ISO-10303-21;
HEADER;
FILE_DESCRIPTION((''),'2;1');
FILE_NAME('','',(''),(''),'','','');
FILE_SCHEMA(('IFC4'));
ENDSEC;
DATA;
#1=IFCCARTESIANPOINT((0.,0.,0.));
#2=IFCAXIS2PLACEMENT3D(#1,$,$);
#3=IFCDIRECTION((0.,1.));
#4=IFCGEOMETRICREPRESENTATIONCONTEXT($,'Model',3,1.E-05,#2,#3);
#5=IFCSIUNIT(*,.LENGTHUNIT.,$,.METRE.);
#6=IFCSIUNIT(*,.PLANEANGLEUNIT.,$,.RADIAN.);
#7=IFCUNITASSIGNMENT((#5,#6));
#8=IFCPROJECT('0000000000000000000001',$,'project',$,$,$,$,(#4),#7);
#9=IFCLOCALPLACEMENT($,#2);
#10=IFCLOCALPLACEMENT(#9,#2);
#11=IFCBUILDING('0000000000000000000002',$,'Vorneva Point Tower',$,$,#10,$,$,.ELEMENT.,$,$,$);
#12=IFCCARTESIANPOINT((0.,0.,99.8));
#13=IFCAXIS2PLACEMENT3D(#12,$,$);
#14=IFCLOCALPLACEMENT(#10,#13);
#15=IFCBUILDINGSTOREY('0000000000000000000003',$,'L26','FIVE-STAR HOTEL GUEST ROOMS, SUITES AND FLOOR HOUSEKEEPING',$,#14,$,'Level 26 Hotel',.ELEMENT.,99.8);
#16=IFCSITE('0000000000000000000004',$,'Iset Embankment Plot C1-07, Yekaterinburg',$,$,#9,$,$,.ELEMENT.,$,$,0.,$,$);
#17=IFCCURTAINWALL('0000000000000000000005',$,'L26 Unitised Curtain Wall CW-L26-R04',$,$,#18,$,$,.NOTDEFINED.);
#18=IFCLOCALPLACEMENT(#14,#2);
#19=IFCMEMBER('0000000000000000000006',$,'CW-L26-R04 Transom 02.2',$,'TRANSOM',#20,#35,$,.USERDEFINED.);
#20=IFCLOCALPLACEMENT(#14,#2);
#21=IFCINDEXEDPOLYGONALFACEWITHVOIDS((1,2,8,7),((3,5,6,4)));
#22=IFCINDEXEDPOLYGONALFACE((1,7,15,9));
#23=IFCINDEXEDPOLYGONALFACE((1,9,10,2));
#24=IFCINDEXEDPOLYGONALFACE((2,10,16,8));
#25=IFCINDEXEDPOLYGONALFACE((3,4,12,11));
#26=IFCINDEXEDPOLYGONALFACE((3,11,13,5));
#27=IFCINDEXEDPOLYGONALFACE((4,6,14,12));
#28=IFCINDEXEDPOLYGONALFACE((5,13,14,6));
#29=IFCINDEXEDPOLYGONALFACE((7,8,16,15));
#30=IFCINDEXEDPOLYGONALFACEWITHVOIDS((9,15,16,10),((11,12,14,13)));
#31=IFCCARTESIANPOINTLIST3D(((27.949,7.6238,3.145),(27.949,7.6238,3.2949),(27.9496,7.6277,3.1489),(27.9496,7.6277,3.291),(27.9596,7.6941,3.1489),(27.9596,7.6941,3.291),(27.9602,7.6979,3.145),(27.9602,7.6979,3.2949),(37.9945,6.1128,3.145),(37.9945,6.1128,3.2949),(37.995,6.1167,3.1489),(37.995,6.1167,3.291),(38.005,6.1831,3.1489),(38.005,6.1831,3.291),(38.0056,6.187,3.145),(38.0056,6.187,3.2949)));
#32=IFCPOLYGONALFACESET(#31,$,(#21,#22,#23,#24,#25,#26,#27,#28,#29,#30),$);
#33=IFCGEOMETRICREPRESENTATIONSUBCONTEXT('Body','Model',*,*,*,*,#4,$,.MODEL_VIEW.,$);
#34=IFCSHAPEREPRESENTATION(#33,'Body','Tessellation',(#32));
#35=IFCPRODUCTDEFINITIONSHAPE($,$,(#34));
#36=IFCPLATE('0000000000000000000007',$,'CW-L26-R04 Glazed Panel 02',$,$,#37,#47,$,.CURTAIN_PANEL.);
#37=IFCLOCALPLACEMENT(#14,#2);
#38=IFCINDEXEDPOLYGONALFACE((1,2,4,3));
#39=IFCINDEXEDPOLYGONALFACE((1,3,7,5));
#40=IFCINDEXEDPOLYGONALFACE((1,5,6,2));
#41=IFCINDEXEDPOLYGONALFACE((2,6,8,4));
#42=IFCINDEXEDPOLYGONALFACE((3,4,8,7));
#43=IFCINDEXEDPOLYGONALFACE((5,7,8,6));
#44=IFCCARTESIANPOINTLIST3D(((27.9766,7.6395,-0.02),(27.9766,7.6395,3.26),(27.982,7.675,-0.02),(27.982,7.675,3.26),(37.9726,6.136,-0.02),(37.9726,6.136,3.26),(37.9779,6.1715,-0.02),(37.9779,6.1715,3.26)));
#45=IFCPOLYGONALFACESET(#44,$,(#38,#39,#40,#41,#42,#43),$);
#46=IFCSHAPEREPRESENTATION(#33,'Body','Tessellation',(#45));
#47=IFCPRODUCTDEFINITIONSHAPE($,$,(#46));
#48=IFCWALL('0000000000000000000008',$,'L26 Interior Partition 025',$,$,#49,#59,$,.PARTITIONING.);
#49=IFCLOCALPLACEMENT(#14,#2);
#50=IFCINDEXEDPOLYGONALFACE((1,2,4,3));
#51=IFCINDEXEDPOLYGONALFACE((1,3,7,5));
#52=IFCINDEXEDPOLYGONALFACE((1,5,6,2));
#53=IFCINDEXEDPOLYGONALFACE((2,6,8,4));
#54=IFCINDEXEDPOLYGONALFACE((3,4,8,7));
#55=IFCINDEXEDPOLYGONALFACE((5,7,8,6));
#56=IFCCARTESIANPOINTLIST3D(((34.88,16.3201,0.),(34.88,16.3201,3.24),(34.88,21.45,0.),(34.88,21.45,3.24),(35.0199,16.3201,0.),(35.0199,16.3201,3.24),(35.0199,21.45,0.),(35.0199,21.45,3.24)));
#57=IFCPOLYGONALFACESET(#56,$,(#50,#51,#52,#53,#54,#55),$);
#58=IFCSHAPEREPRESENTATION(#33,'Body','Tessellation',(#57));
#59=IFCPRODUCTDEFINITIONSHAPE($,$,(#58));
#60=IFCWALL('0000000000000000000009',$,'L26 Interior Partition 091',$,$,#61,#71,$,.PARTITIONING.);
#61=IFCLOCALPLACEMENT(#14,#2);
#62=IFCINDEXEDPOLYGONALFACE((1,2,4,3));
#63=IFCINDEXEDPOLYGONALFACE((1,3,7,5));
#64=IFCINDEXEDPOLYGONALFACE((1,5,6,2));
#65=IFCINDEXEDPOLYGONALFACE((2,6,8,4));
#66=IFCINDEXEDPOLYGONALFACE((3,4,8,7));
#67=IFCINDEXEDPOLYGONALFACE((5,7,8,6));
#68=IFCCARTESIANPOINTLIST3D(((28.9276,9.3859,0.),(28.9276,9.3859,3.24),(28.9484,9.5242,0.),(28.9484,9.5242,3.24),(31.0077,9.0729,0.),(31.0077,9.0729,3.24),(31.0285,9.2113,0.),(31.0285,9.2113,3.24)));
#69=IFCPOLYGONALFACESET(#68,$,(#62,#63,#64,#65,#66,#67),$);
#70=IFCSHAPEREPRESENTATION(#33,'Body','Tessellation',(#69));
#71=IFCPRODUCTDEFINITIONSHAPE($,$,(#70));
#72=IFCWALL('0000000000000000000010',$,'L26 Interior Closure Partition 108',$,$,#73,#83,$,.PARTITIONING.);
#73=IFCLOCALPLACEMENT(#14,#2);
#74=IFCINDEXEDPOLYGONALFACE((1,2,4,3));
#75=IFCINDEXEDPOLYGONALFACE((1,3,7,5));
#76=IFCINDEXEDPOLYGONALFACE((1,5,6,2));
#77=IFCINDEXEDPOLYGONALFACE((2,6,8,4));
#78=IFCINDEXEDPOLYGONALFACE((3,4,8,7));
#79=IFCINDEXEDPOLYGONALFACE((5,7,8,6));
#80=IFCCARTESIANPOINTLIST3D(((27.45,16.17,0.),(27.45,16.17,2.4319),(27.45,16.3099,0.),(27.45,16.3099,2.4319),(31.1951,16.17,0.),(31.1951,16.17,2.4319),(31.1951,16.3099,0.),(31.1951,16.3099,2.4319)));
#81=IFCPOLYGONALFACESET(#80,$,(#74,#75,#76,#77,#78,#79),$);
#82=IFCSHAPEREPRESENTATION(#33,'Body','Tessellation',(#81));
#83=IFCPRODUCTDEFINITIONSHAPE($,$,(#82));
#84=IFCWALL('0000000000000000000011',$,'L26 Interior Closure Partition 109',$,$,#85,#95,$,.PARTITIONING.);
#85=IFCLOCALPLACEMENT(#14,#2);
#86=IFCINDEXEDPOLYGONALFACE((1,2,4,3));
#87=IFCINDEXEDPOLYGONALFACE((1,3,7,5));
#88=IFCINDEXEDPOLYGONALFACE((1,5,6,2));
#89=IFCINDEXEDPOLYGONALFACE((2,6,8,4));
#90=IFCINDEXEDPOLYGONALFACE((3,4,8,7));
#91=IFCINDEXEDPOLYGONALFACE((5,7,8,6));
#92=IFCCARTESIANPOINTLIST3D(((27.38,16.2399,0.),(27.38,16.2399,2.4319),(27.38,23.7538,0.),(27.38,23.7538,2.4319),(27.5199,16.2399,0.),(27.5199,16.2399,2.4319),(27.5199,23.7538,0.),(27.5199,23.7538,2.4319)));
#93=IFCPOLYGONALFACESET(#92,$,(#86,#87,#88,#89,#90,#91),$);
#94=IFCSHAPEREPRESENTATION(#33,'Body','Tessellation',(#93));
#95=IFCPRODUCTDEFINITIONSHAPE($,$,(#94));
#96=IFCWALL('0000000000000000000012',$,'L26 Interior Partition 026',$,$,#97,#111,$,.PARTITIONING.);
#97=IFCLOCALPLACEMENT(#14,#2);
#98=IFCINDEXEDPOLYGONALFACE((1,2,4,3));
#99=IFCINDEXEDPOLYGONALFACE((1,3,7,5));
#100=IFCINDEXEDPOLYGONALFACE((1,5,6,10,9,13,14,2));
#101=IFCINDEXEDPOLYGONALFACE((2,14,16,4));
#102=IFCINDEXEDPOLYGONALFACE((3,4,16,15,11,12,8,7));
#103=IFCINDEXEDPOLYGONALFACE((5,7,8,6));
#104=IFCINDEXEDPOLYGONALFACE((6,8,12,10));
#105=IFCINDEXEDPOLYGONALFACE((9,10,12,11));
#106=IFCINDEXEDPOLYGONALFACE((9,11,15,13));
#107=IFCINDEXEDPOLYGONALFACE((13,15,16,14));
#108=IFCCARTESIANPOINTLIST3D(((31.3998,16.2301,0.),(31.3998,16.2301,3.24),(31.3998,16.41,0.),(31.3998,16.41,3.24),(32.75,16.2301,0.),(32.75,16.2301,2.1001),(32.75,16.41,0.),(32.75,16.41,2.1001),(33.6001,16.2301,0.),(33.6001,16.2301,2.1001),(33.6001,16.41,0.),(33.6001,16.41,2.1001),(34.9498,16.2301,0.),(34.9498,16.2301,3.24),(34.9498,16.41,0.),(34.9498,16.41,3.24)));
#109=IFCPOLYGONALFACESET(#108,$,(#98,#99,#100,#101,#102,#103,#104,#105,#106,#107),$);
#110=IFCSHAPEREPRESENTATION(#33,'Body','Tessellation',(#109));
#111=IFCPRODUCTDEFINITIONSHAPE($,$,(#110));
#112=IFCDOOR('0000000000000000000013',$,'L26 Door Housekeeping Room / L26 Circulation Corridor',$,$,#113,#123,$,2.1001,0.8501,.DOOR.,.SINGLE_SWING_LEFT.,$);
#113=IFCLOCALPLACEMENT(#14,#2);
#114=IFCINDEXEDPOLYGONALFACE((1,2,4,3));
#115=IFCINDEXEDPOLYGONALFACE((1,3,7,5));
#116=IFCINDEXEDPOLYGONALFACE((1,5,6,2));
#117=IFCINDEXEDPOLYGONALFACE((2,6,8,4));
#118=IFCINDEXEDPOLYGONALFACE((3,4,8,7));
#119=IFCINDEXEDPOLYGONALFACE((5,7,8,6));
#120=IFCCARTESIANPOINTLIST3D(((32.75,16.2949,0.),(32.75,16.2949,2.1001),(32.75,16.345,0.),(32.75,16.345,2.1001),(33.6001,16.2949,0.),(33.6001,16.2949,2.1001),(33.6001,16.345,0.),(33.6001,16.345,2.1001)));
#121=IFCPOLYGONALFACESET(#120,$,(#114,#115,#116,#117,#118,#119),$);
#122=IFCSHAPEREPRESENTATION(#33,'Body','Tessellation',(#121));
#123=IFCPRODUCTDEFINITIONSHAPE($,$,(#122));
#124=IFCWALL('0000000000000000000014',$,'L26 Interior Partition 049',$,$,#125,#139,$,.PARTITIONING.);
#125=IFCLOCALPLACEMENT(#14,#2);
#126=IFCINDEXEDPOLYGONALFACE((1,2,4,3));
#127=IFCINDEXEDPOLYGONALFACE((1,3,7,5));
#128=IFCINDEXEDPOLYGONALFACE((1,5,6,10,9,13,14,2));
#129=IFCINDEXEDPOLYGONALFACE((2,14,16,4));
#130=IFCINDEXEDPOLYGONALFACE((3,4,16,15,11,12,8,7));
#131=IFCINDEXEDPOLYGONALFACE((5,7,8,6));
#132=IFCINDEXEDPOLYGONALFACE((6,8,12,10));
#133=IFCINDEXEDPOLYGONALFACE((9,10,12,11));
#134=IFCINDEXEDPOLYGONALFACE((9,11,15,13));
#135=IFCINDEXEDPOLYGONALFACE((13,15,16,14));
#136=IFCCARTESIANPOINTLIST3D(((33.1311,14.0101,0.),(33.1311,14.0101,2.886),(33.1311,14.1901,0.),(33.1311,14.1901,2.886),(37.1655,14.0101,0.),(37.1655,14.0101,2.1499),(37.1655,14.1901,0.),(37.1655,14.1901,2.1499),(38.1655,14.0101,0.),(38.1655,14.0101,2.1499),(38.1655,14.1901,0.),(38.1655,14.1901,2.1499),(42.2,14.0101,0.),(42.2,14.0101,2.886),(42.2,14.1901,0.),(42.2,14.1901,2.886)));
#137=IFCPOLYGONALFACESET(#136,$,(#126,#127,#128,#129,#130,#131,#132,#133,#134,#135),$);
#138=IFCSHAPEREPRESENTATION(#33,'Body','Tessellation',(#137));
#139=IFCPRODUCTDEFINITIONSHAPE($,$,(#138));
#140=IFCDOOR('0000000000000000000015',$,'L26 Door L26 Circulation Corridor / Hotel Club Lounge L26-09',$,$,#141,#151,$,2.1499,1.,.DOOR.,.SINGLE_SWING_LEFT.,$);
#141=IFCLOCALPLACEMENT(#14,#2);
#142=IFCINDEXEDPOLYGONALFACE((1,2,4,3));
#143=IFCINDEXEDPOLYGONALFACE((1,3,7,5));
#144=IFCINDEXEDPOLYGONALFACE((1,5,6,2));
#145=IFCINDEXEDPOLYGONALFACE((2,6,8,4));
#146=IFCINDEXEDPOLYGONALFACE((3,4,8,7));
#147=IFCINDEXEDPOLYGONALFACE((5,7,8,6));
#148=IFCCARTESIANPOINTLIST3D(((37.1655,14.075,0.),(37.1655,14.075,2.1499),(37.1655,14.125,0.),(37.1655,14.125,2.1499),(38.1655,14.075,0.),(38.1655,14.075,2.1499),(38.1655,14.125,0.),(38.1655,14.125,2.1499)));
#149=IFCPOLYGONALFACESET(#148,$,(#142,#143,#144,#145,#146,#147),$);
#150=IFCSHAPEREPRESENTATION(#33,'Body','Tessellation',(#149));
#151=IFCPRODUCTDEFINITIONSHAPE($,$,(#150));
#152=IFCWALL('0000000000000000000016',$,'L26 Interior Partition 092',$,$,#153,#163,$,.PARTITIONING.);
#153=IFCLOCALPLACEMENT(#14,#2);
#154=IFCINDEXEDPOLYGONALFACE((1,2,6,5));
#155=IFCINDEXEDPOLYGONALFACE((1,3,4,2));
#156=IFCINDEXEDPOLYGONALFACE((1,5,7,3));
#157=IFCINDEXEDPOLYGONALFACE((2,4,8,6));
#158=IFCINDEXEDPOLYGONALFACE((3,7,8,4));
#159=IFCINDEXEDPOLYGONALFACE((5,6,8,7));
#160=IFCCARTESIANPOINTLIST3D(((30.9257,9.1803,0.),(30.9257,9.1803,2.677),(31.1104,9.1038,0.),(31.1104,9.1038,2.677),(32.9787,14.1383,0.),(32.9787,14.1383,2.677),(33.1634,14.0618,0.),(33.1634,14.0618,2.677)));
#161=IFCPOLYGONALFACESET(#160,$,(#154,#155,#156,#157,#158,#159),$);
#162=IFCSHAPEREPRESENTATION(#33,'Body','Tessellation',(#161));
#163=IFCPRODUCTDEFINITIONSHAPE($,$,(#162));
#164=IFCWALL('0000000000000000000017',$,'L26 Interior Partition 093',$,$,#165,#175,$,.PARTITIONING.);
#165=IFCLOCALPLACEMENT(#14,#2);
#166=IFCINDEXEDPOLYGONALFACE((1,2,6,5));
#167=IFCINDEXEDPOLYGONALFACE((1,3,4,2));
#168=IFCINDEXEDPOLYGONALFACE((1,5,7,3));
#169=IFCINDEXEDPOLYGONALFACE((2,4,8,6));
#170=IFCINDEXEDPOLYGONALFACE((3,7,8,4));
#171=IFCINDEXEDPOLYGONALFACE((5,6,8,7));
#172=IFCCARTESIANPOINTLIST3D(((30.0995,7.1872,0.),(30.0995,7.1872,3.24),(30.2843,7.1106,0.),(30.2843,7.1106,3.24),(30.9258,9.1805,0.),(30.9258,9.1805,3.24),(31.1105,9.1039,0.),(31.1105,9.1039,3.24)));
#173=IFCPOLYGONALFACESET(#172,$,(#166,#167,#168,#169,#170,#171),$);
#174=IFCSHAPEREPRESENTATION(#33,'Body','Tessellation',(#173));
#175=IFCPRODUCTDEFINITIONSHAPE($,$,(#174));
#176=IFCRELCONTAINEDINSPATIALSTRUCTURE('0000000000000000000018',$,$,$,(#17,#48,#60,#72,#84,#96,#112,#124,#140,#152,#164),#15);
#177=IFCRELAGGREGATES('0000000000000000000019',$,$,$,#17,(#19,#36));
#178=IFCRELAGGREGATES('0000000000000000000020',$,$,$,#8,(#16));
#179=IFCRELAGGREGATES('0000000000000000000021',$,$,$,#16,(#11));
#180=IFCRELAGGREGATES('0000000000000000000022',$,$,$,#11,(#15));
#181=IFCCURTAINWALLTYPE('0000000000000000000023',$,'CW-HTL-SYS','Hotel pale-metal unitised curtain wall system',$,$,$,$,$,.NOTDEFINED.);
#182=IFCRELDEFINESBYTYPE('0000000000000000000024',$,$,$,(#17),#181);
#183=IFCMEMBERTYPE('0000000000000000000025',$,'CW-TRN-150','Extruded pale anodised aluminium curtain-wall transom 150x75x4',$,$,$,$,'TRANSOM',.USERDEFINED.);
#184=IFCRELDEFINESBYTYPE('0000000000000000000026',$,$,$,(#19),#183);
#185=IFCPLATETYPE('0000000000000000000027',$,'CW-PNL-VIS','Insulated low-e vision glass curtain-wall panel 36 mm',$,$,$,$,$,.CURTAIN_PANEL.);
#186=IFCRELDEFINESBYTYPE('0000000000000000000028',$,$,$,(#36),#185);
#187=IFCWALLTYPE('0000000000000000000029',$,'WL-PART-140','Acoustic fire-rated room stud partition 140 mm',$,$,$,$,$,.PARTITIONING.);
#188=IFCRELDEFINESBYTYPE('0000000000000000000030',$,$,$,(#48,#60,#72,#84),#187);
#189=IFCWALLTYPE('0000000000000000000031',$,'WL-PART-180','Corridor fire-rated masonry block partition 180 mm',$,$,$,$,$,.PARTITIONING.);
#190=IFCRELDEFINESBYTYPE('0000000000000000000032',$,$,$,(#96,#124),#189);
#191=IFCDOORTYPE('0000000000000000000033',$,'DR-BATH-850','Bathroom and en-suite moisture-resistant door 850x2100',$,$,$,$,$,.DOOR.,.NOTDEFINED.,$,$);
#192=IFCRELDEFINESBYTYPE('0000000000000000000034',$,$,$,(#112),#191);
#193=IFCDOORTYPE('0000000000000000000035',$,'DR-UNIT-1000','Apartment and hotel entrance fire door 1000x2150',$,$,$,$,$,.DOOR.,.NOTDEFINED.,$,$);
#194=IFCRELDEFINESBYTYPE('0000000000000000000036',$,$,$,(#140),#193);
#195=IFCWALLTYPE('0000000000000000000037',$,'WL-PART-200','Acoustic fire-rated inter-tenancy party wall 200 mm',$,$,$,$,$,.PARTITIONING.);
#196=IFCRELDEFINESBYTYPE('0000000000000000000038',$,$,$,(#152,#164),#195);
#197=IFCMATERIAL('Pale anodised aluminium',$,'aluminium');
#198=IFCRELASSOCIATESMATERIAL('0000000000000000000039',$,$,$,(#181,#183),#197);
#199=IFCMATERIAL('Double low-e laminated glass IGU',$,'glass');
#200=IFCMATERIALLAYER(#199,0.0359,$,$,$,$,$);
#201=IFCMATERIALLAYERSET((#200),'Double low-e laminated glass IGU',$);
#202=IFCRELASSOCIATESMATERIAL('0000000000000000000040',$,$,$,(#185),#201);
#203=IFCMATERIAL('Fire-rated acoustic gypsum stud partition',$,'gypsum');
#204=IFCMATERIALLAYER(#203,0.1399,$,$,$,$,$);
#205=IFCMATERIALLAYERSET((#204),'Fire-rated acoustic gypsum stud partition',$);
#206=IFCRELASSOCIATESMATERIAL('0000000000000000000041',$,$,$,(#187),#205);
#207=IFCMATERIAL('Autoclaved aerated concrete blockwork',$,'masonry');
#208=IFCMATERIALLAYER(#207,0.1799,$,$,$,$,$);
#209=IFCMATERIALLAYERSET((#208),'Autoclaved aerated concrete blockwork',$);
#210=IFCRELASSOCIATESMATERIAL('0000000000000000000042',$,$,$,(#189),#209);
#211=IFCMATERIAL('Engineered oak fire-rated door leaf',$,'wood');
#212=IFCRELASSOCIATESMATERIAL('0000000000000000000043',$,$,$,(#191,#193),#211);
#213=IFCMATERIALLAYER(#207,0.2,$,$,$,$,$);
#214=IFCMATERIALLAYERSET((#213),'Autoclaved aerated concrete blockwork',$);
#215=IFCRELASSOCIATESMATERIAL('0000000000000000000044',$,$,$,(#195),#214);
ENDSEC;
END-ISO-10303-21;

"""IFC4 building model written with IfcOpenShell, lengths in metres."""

from ifc_helpers import new_model, si_unit, direction, frame, frame_2d, origin, origin_2d, place, context, subcontext, project, spatial, rectangle, hollow_rectangle, extrude, material, layer, layer_set, material_profile, profile_set, type_object, element, fill, aggregate, save


model = new_model("IFC4")

# Units and contexts
model_context = context("Model", 3, precision=1e-05, world=origin(), true_north=direction((0.0, 1.0)))
body_context = subcontext(model_context, "Body", "Model", "MODEL_VIEW")
ifc_project = project(units=[si_unit("LENGTHUNIT", "METRE"), si_unit("PLANEANGLEUNIT", "RADIAN")], contexts=[model_context])

# Site, building, storey
site_placement = place(None, origin())
site = spatial("IfcSite", under=ifc_project, at=site_placement, Name="Iset Embankment Plot C1-07, Yekaterinburg", CompositionType="ELEMENT", RefElevation=0.0)
building_placement = place(site_placement, origin())
building = spatial("IfcBuilding", under=site, at=building_placement, Name="Vorneva Point Tower", CompositionType="ELEMENT")
storey_placement = place(building_placement, frame((0.0, 0.0, 99.8)))
storey = spatial("IfcBuildingStorey", under=building, at=storey_placement, Name="L26", Description="FIVE-STAR HOTEL GUEST ROOMS, SUITES AND FLOOR HOUSEKEEPING", LongName="Level 26 Hotel", CompositionType="ELEMENT", Elevation=99.8)

# Curtain wall, member, plate
ifc_material_1 = material(Name="Pale anodised aluminium", Category="aluminium")
curtain_wall_type = type_object("IfcCurtainWallType", Name="CW-HTL-SYS", Description="Hotel pale-metal unitised curtain wall system", PredefinedType="NOTDEFINED", material=ifc_material_1)
curtain_wall_placement = place(storey_placement, origin())
curtain_wall = element("IfcCurtainWall", 1, at=curtain_wall_placement, inside=storey, type_object=curtain_wall_type, Name="L26 Unitised Curtain Wall CW-L26-R04", PredefinedType="NOTDEFINED")
ifc_material_profile_1 = material_profile(ifc_material_1, hollow_rectangle(XDim=0.075, YDim=0.1499, WallThickness=0.0039, at=origin_2d()), Name="AL-TRN 150x75x4")
ifc_profile_set_1 = profile_set([ifc_material_profile_1], Name="Pale anodised aluminium")
member_type_1 = type_object("IfcMemberType", Name="CW-TRN-150", Description="Extruded pale anodised aluminium curtain-wall transom 150x75x4", ElementType="TRANSOM", PredefinedType="USERDEFINED", material=ifc_profile_set_1)
member_1_placement = place(storey_placement, frame((27.9546, 7.6609, 3.22), z_axis=(0.988876, -0.148742, 0.0), x_axis=(0.148742, 0.988876, 0.0)))
member_1 = element("IfcMember", 2, at=member_1_placement, type_object=member_type_1, Name="CW-L26-R04 Transom 02.2", ObjectType="TRANSOM", PredefinedType="USERDEFINED", context=body_context, shape_type="SweptSolid", body=[
    extrude(hollow_rectangle(XDim=0.075, YDim=0.1499, WallThickness=0.0039, at=origin_2d()), origin(), (0.0, 0.0, 1.0), 10.1584),
])
ifc_material_2 = material(Name="Double low-e laminated glass IGU", Category="glass")
ifc_layer_1 = layer(ifc_material_2, 0.0359)
ifc_layer_set_1 = layer_set([ifc_layer_1], Name="Double low-e laminated glass IGU")
plate_type = type_object("IfcPlateType", Name="CW-PNL-VIS", Description="Insulated low-e vision glass curtain-wall panel 36 mm", PredefinedType="CURTAIN_PANEL", material=ifc_layer_set_1)
plate_placement = place(storey_placement, frame((32.9773, 6.9055, -0.02), z_axis=(0.0, 0.0, 1.0), x_axis=(0.988876, -0.148741, 0.0)))
plate = element("IfcPlate", 3, at=plate_placement, type_object=plate_type, Name="CW-L26-R04 Glazed Panel 02", PredefinedType="CURTAIN_PANEL", context=body_context, shape_type="SweptSolid", body=[
    extrude(rectangle(XDim=10.1084, YDim=0.0359, at=origin_2d()), origin(), (0.0, 0.0, 1.0), 3.28),
])
aggregate(curtain_wall, [member_1, plate])

# Walls
ifc_material_3 = material(Name="Fire-rated acoustic gypsum stud partition", Category="gypsum")
ifc_layer_2 = layer(ifc_material_3, 0.1399)
ifc_layer_set_2 = layer_set([ifc_layer_2], Name="Fire-rated acoustic gypsum stud partition")
wall_type_1 = type_object("IfcWallType", Name="WL-PART-140", Description="Acoustic fire-rated room stud partition 140 mm", PredefinedType="PARTITIONING", material=ifc_layer_set_2)
wall_1_placement = place(storey_placement, frame((34.95, 16.3201, 0.0), z_axis=(0.0, 0.0, 1.0), x_axis=(0.0, 1.0, 0.0)))
element("IfcWall", 4, at=wall_1_placement, inside=storey, type_object=wall_type_1, Name="L26 Interior Partition 025", PredefinedType="PARTITIONING", context=body_context, shape_type="SweptSolid", body=[
    extrude(rectangle(XDim=5.1299, YDim=0.1399, at=frame_2d((2.5649, 0.0))), origin(), (0.0, 0.0, 1.0), 3.24),
])
wall_2_placement = place(storey_placement, frame((28.938, 9.4551, 0.0), z_axis=(0.0, 0.0, 1.0), x_axis=(0.988868, -0.148794, 0.0)))
element("IfcWall", 5, at=wall_2_placement, inside=storey, type_object=wall_type_1, Name="L26 Interior Partition 091", PredefinedType="PARTITIONING", context=body_context, shape_type="SweptSolid", body=[
    extrude(rectangle(XDim=2.1035, YDim=0.1399, at=frame_2d((1.0518, 0.0))), origin(), (0.0, 0.0, 1.0), 3.24),
])
wall_3_placement = place(storey_placement, frame((31.1951, 16.24, 0.0), z_axis=(0.0, 0.0, 1.0), x_axis=(-1.0, 0.0, 0.0)))
element("IfcWall", 6, at=wall_3_placement, inside=storey, type_object=wall_type_1, Name="L26 Interior Closure Partition 108", PredefinedType="PARTITIONING", context=body_context, shape_type="SweptSolid", body=[
    extrude(rectangle(XDim=3.7451, YDim=0.1399, at=frame_2d((1.8726, 0.0))), origin(), (0.0, 0.0, 1.0), 2.4319),
])
wall_4_placement = place(storey_placement, frame((27.45, 16.24, 0.0), z_axis=(0.0, 0.0, 1.0), x_axis=(0.0, 1.0, 0.0)))
element("IfcWall", 7, at=wall_4_placement, inside=storey, type_object=wall_type_1, Name="L26 Interior Closure Partition 109", PredefinedType="PARTITIONING", context=body_context, shape_type="SweptSolid", body=[
    extrude(rectangle(XDim=7.5139, YDim=0.1399, at=frame_2d((3.7568, 0.0))), origin(), (0.0, 0.0, 1.0), 2.4319),
])

# Walls, openings, doors
ifc_material_4 = material(Name="Autoclaved aerated concrete blockwork", Category="masonry")
ifc_layer_3 = layer(ifc_material_4, 0.1799)
ifc_layer_set_3 = layer_set([ifc_layer_3], Name="Autoclaved aerated concrete blockwork")
wall_type_2 = type_object("IfcWallType", Name="WL-PART-180", Description="Corridor fire-rated masonry block partition 180 mm", PredefinedType="PARTITIONING", material=ifc_layer_set_3)
wall_5_placement = place(storey_placement, frame((31.3999, 16.3201, 0.0), z_axis=(0.0, 0.0, 1.0), x_axis=(1.0, 0.0, 0.0)))
wall_5 = element("IfcWall", 8, at=wall_5_placement, inside=storey, type_object=wall_type_2, Name="L26 Interior Partition 026", PredefinedType="PARTITIONING", context=body_context, shape_type="SweptSolid", body=[
    extrude(rectangle(XDim=3.55, YDim=0.1799, at=frame_2d((1.7749, 0.0))), origin(), (0.0, 0.0, 1.0), 3.24),
])
opening_1_placement = place(wall_5_placement, frame((1.3501, 0.0, 0.0)))
opening_1 = element("IfcOpeningElement", 9, at=opening_1_placement, cuts=wall_5, PredefinedType="OPENING", context=body_context, shape_type="SweptSolid", body=[
    extrude(rectangle(XDim=0.8501, YDim=2.1001, at=frame_2d((0.425, 1.05))), frame((0.0, 0.105, 0.0), z_axis=(0.0, -1.0, 0.0), x_axis=(1.0, 0.0, 0.0)), (0.0, 0.0, 1.0), 0.2097),
])
ifc_material_5 = material(Name="Engineered oak fire-rated door leaf", Category="wood")
door_type_1 = type_object("IfcDoorType", Name="DR-BATH-850", Description="Bathroom and en-suite moisture-resistant door 850x2100", OperationType="NOTDEFINED", PredefinedType="DOOR", material=ifc_material_5)
door_1_placement = place(opening_1_placement, origin())
door_1 = element("IfcDoor", 10, at=door_1_placement, inside=storey, type_object=door_type_1, Name="L26 Door Housekeeping Room / L26 Circulation Corridor", OperationType="SINGLE_SWING_LEFT", OverallHeight=2.1001, OverallWidth=0.8501, PredefinedType="DOOR", context=body_context, shape_type="SweptSolid", body=[
    extrude(rectangle(XDim=0.8501, YDim=2.1001, at=frame_2d((0.425, 1.05))), frame((0.0, 0.0249, 0.0), z_axis=(0.0, -1.0, 0.0), x_axis=(1.0, 0.0, 0.0)), (0.0, 0.0, 1.0), 0.05),
])
fill(opening_1, door_1)
door_type_2 = type_object("IfcDoorType", Name="DR-UNIT-1000", Description="Apartment and hotel entrance fire door 1000x2150", OperationType="NOTDEFINED", PredefinedType="DOOR", material=ifc_material_5)
wall_6_placement = place(storey_placement, frame((33.1311, 14.1001, 0.0), z_axis=(0.0, 0.0, 1.0), x_axis=(1.0, 0.0, 0.0)))
wall_6 = element("IfcWall", 11, at=wall_6_placement, inside=storey, type_object=wall_type_2, Name="L26 Interior Partition 049", PredefinedType="PARTITIONING", context=body_context, shape_type="SweptSolid", body=[
    extrude(rectangle(XDim=9.0688, YDim=0.1799, at=frame_2d((4.5344, 0.0))), origin(), (0.0, 0.0, 1.0), 2.886),
])
opening_2_placement = place(wall_6_placement, frame((4.0344, 0.0, 0.0)))
opening_2 = element("IfcOpeningElement", 12, at=opening_2_placement, cuts=wall_6, PredefinedType="OPENING", context=body_context, shape_type="SweptSolid", body=[
    extrude(rectangle(XDim=1.0, YDim=2.1499, at=frame_2d((0.5, 1.075))), frame((0.0, 0.105, 0.0), z_axis=(0.0, -1.0, 0.0), x_axis=(1.0, 0.0, 0.0)), (0.0, 0.0, 1.0), 0.2097),
])
door_2_placement = place(opening_2_placement, origin())
door_2 = element("IfcDoor", 13, at=door_2_placement, inside=storey, type_object=door_type_2, Name="L26 Door L26 Circulation Corridor / Hotel Club Lounge L26-09", OperationType="SINGLE_SWING_LEFT", OverallHeight=2.1499, OverallWidth=1.0, PredefinedType="DOOR", context=body_context, shape_type="SweptSolid", body=[
    extrude(rectangle(XDim=1.0, YDim=2.1499, at=frame_2d((0.5, 1.075))), frame((0.0, 0.0249, 0.0), z_axis=(0.0, -1.0, 0.0), x_axis=(1.0, 0.0, 0.0)), (0.0, 0.0, 1.0), 0.05),
])
fill(opening_2, door_2)

# Walls
ifc_layer_4 = layer(ifc_material_4, 0.2)
ifc_layer_set_4 = layer_set([ifc_layer_4], Name="Autoclaved aerated concrete blockwork")
wall_type_3 = type_object("IfcWallType", Name="WL-PART-200", Description="Acoustic fire-rated inter-tenancy party wall 200 mm", PredefinedType="PARTITIONING", material=ifc_layer_set_4)
wall_7_placement = place(storey_placement, frame((31.0181, 9.1421, 0.0), z_axis=(0.0, 0.0, 1.0), x_axis=(0.382573, 0.923925, 0.0)))
element("IfcWall", 14, at=wall_7_placement, inside=storey, type_object=wall_type_3, Name="L26 Interior Partition 092", PredefinedType="PARTITIONING", context=body_context, shape_type="SweptSolid", body=[
    extrude(rectangle(XDim=5.3662, YDim=0.2, at=frame_2d((2.6831, 0.0))), origin(), (0.0, 0.0, 1.0), 2.677),
])
wall_8_placement = place(storey_placement, frame((30.1919, 7.1489, 0.0), z_axis=(0.0, 0.0, 1.0), x_axis=(0.382911, 0.923785, 0.0)))
element("IfcWall", 15, at=wall_8_placement, inside=storey, type_object=wall_type_3, Name="L26 Interior Partition 093", PredefinedType="PARTITIONING", context=body_context, shape_type="SweptSolid", body=[
    extrude(rectangle(XDim=2.1577, YDim=0.2, at=frame_2d((1.0789, 0.0))), origin(), (0.0, 0.0, 1.0), 3.24),
])

save(model, "model.ifc")
